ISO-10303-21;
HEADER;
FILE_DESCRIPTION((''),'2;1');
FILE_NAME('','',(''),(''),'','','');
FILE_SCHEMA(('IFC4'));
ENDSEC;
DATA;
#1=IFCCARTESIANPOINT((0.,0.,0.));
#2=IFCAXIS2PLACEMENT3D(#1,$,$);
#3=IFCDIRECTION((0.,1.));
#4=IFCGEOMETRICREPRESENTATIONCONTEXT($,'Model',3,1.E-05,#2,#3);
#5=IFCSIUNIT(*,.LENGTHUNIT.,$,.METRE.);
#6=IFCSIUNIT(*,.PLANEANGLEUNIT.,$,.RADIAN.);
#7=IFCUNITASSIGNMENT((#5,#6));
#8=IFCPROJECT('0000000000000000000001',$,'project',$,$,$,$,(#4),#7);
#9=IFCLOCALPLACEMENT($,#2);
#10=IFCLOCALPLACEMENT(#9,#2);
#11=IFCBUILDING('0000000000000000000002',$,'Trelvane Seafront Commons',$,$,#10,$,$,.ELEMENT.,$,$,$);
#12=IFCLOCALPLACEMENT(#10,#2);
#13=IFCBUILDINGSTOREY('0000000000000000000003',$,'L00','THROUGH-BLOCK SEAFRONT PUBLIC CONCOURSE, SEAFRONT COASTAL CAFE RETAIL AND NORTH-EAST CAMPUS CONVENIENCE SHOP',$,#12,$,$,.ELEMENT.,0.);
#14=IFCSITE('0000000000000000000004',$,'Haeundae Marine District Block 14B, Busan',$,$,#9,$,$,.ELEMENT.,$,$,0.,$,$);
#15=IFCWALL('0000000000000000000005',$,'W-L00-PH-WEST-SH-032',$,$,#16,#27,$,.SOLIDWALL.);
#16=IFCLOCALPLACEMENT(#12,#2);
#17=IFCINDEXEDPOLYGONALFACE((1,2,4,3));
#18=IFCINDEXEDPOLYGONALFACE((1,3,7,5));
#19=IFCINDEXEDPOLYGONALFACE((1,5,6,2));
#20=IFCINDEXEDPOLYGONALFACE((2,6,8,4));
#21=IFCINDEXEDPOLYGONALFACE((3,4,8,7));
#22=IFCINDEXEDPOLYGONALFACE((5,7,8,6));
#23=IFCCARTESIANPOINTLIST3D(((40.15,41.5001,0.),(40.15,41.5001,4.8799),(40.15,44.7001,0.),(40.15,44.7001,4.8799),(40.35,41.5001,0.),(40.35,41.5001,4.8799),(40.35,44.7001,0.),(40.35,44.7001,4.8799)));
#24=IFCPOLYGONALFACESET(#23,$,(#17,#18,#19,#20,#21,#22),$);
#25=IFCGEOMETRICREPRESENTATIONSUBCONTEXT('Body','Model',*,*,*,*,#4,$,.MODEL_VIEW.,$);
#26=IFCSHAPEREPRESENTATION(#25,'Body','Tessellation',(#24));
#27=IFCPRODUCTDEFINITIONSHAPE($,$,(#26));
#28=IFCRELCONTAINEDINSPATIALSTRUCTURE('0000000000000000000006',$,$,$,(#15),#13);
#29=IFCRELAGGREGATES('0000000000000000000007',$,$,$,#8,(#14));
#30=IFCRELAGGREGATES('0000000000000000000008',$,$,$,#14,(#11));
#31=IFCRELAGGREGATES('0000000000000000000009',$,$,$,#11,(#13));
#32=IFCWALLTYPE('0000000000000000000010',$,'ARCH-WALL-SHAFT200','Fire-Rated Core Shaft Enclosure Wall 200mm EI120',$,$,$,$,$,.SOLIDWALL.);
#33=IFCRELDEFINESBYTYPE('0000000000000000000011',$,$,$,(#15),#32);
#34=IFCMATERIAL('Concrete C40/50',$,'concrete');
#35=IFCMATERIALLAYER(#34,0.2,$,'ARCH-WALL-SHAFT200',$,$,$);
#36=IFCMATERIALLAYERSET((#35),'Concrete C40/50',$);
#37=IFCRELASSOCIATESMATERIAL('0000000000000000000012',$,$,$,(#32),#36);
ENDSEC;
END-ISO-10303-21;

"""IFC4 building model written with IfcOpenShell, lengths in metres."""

from ifc_helpers import new_model, si_unit, direction, frame, frame_2d, origin, place, context, subcontext, project, spatial, rectangle, extrude, material, layer, layer_set, type_object, element, save


model = new_model("IFC4")

# Units and contexts
model_context = context("Model", 3, precision=1e-05, world=origin(), true_north=direction((0.0, 1.0)))
body_context = subcontext(model_context, "Body", "Model", "MODEL_VIEW")
ifc_project = project(units=[si_unit("LENGTHUNIT", "METRE"), si_unit("PLANEANGLEUNIT", "RADIAN")], contexts=[model_context])

# Site, building, storey
site_placement = place(None, origin())
site = spatial("IfcSite", under=ifc_project, at=site_placement, Name="Haeundae Marine District Block 14B, Busan", CompositionType="ELEMENT", RefElevation=0.0)
building_placement = place(site_placement, origin())
building = spatial("IfcBuilding", under=site, at=building_placement, Name="Trelvane Seafront Commons", CompositionType="ELEMENT")
storey_placement = place(building_placement, origin())
storey = spatial("IfcBuildingStorey", under=building, at=storey_placement, Name="L00", Description="THROUGH-BLOCK SEAFRONT PUBLIC CONCOURSE, SEAFRONT COASTAL CAFE RETAIL AND NORTH-EAST CAMPUS CONVENIENCE SHOP", CompositionType="ELEMENT", Elevation=0.0)

# Shared definitions
ifc_material_1 = material(Name="Concrete C40/50", Category="concrete")
ifc_layer_1 = layer(ifc_material_1, 0.2, Name="ARCH-WALL-SHAFT200")
ifc_layer_set_1 = layer_set([ifc_layer_1], Name="Concrete C40/50")
wall_type_1 = type_object("IfcWallType", Name="ARCH-WALL-SHAFT200", Description="Fire-Rated Core Shaft Enclosure Wall 200mm EI120", PredefinedType="SOLIDWALL", material=ifc_layer_set_1)

# Wall
wall_1_placement = place(storey_placement, frame((40.25, 41.5, 0.0), z_axis=(0.0, 0.0, 1.0), x_axis=(0.0, 1.0, 0.0)))
element("IfcWall", 1, at=wall_1_placement, inside=storey, type_object=wall_type_1, Name="W-L00-PH-WEST-SH-032", PredefinedType="SOLIDWALL", context=body_context, shape_type="SweptSolid", body=[
    extrude(rectangle(XDim=3.2, YDim=0.2, at=frame_2d((1.6001, 0.0))), origin(), (0.0, 0.0, 1.0), 4.8799),
])

save(model, "model.ifc")
